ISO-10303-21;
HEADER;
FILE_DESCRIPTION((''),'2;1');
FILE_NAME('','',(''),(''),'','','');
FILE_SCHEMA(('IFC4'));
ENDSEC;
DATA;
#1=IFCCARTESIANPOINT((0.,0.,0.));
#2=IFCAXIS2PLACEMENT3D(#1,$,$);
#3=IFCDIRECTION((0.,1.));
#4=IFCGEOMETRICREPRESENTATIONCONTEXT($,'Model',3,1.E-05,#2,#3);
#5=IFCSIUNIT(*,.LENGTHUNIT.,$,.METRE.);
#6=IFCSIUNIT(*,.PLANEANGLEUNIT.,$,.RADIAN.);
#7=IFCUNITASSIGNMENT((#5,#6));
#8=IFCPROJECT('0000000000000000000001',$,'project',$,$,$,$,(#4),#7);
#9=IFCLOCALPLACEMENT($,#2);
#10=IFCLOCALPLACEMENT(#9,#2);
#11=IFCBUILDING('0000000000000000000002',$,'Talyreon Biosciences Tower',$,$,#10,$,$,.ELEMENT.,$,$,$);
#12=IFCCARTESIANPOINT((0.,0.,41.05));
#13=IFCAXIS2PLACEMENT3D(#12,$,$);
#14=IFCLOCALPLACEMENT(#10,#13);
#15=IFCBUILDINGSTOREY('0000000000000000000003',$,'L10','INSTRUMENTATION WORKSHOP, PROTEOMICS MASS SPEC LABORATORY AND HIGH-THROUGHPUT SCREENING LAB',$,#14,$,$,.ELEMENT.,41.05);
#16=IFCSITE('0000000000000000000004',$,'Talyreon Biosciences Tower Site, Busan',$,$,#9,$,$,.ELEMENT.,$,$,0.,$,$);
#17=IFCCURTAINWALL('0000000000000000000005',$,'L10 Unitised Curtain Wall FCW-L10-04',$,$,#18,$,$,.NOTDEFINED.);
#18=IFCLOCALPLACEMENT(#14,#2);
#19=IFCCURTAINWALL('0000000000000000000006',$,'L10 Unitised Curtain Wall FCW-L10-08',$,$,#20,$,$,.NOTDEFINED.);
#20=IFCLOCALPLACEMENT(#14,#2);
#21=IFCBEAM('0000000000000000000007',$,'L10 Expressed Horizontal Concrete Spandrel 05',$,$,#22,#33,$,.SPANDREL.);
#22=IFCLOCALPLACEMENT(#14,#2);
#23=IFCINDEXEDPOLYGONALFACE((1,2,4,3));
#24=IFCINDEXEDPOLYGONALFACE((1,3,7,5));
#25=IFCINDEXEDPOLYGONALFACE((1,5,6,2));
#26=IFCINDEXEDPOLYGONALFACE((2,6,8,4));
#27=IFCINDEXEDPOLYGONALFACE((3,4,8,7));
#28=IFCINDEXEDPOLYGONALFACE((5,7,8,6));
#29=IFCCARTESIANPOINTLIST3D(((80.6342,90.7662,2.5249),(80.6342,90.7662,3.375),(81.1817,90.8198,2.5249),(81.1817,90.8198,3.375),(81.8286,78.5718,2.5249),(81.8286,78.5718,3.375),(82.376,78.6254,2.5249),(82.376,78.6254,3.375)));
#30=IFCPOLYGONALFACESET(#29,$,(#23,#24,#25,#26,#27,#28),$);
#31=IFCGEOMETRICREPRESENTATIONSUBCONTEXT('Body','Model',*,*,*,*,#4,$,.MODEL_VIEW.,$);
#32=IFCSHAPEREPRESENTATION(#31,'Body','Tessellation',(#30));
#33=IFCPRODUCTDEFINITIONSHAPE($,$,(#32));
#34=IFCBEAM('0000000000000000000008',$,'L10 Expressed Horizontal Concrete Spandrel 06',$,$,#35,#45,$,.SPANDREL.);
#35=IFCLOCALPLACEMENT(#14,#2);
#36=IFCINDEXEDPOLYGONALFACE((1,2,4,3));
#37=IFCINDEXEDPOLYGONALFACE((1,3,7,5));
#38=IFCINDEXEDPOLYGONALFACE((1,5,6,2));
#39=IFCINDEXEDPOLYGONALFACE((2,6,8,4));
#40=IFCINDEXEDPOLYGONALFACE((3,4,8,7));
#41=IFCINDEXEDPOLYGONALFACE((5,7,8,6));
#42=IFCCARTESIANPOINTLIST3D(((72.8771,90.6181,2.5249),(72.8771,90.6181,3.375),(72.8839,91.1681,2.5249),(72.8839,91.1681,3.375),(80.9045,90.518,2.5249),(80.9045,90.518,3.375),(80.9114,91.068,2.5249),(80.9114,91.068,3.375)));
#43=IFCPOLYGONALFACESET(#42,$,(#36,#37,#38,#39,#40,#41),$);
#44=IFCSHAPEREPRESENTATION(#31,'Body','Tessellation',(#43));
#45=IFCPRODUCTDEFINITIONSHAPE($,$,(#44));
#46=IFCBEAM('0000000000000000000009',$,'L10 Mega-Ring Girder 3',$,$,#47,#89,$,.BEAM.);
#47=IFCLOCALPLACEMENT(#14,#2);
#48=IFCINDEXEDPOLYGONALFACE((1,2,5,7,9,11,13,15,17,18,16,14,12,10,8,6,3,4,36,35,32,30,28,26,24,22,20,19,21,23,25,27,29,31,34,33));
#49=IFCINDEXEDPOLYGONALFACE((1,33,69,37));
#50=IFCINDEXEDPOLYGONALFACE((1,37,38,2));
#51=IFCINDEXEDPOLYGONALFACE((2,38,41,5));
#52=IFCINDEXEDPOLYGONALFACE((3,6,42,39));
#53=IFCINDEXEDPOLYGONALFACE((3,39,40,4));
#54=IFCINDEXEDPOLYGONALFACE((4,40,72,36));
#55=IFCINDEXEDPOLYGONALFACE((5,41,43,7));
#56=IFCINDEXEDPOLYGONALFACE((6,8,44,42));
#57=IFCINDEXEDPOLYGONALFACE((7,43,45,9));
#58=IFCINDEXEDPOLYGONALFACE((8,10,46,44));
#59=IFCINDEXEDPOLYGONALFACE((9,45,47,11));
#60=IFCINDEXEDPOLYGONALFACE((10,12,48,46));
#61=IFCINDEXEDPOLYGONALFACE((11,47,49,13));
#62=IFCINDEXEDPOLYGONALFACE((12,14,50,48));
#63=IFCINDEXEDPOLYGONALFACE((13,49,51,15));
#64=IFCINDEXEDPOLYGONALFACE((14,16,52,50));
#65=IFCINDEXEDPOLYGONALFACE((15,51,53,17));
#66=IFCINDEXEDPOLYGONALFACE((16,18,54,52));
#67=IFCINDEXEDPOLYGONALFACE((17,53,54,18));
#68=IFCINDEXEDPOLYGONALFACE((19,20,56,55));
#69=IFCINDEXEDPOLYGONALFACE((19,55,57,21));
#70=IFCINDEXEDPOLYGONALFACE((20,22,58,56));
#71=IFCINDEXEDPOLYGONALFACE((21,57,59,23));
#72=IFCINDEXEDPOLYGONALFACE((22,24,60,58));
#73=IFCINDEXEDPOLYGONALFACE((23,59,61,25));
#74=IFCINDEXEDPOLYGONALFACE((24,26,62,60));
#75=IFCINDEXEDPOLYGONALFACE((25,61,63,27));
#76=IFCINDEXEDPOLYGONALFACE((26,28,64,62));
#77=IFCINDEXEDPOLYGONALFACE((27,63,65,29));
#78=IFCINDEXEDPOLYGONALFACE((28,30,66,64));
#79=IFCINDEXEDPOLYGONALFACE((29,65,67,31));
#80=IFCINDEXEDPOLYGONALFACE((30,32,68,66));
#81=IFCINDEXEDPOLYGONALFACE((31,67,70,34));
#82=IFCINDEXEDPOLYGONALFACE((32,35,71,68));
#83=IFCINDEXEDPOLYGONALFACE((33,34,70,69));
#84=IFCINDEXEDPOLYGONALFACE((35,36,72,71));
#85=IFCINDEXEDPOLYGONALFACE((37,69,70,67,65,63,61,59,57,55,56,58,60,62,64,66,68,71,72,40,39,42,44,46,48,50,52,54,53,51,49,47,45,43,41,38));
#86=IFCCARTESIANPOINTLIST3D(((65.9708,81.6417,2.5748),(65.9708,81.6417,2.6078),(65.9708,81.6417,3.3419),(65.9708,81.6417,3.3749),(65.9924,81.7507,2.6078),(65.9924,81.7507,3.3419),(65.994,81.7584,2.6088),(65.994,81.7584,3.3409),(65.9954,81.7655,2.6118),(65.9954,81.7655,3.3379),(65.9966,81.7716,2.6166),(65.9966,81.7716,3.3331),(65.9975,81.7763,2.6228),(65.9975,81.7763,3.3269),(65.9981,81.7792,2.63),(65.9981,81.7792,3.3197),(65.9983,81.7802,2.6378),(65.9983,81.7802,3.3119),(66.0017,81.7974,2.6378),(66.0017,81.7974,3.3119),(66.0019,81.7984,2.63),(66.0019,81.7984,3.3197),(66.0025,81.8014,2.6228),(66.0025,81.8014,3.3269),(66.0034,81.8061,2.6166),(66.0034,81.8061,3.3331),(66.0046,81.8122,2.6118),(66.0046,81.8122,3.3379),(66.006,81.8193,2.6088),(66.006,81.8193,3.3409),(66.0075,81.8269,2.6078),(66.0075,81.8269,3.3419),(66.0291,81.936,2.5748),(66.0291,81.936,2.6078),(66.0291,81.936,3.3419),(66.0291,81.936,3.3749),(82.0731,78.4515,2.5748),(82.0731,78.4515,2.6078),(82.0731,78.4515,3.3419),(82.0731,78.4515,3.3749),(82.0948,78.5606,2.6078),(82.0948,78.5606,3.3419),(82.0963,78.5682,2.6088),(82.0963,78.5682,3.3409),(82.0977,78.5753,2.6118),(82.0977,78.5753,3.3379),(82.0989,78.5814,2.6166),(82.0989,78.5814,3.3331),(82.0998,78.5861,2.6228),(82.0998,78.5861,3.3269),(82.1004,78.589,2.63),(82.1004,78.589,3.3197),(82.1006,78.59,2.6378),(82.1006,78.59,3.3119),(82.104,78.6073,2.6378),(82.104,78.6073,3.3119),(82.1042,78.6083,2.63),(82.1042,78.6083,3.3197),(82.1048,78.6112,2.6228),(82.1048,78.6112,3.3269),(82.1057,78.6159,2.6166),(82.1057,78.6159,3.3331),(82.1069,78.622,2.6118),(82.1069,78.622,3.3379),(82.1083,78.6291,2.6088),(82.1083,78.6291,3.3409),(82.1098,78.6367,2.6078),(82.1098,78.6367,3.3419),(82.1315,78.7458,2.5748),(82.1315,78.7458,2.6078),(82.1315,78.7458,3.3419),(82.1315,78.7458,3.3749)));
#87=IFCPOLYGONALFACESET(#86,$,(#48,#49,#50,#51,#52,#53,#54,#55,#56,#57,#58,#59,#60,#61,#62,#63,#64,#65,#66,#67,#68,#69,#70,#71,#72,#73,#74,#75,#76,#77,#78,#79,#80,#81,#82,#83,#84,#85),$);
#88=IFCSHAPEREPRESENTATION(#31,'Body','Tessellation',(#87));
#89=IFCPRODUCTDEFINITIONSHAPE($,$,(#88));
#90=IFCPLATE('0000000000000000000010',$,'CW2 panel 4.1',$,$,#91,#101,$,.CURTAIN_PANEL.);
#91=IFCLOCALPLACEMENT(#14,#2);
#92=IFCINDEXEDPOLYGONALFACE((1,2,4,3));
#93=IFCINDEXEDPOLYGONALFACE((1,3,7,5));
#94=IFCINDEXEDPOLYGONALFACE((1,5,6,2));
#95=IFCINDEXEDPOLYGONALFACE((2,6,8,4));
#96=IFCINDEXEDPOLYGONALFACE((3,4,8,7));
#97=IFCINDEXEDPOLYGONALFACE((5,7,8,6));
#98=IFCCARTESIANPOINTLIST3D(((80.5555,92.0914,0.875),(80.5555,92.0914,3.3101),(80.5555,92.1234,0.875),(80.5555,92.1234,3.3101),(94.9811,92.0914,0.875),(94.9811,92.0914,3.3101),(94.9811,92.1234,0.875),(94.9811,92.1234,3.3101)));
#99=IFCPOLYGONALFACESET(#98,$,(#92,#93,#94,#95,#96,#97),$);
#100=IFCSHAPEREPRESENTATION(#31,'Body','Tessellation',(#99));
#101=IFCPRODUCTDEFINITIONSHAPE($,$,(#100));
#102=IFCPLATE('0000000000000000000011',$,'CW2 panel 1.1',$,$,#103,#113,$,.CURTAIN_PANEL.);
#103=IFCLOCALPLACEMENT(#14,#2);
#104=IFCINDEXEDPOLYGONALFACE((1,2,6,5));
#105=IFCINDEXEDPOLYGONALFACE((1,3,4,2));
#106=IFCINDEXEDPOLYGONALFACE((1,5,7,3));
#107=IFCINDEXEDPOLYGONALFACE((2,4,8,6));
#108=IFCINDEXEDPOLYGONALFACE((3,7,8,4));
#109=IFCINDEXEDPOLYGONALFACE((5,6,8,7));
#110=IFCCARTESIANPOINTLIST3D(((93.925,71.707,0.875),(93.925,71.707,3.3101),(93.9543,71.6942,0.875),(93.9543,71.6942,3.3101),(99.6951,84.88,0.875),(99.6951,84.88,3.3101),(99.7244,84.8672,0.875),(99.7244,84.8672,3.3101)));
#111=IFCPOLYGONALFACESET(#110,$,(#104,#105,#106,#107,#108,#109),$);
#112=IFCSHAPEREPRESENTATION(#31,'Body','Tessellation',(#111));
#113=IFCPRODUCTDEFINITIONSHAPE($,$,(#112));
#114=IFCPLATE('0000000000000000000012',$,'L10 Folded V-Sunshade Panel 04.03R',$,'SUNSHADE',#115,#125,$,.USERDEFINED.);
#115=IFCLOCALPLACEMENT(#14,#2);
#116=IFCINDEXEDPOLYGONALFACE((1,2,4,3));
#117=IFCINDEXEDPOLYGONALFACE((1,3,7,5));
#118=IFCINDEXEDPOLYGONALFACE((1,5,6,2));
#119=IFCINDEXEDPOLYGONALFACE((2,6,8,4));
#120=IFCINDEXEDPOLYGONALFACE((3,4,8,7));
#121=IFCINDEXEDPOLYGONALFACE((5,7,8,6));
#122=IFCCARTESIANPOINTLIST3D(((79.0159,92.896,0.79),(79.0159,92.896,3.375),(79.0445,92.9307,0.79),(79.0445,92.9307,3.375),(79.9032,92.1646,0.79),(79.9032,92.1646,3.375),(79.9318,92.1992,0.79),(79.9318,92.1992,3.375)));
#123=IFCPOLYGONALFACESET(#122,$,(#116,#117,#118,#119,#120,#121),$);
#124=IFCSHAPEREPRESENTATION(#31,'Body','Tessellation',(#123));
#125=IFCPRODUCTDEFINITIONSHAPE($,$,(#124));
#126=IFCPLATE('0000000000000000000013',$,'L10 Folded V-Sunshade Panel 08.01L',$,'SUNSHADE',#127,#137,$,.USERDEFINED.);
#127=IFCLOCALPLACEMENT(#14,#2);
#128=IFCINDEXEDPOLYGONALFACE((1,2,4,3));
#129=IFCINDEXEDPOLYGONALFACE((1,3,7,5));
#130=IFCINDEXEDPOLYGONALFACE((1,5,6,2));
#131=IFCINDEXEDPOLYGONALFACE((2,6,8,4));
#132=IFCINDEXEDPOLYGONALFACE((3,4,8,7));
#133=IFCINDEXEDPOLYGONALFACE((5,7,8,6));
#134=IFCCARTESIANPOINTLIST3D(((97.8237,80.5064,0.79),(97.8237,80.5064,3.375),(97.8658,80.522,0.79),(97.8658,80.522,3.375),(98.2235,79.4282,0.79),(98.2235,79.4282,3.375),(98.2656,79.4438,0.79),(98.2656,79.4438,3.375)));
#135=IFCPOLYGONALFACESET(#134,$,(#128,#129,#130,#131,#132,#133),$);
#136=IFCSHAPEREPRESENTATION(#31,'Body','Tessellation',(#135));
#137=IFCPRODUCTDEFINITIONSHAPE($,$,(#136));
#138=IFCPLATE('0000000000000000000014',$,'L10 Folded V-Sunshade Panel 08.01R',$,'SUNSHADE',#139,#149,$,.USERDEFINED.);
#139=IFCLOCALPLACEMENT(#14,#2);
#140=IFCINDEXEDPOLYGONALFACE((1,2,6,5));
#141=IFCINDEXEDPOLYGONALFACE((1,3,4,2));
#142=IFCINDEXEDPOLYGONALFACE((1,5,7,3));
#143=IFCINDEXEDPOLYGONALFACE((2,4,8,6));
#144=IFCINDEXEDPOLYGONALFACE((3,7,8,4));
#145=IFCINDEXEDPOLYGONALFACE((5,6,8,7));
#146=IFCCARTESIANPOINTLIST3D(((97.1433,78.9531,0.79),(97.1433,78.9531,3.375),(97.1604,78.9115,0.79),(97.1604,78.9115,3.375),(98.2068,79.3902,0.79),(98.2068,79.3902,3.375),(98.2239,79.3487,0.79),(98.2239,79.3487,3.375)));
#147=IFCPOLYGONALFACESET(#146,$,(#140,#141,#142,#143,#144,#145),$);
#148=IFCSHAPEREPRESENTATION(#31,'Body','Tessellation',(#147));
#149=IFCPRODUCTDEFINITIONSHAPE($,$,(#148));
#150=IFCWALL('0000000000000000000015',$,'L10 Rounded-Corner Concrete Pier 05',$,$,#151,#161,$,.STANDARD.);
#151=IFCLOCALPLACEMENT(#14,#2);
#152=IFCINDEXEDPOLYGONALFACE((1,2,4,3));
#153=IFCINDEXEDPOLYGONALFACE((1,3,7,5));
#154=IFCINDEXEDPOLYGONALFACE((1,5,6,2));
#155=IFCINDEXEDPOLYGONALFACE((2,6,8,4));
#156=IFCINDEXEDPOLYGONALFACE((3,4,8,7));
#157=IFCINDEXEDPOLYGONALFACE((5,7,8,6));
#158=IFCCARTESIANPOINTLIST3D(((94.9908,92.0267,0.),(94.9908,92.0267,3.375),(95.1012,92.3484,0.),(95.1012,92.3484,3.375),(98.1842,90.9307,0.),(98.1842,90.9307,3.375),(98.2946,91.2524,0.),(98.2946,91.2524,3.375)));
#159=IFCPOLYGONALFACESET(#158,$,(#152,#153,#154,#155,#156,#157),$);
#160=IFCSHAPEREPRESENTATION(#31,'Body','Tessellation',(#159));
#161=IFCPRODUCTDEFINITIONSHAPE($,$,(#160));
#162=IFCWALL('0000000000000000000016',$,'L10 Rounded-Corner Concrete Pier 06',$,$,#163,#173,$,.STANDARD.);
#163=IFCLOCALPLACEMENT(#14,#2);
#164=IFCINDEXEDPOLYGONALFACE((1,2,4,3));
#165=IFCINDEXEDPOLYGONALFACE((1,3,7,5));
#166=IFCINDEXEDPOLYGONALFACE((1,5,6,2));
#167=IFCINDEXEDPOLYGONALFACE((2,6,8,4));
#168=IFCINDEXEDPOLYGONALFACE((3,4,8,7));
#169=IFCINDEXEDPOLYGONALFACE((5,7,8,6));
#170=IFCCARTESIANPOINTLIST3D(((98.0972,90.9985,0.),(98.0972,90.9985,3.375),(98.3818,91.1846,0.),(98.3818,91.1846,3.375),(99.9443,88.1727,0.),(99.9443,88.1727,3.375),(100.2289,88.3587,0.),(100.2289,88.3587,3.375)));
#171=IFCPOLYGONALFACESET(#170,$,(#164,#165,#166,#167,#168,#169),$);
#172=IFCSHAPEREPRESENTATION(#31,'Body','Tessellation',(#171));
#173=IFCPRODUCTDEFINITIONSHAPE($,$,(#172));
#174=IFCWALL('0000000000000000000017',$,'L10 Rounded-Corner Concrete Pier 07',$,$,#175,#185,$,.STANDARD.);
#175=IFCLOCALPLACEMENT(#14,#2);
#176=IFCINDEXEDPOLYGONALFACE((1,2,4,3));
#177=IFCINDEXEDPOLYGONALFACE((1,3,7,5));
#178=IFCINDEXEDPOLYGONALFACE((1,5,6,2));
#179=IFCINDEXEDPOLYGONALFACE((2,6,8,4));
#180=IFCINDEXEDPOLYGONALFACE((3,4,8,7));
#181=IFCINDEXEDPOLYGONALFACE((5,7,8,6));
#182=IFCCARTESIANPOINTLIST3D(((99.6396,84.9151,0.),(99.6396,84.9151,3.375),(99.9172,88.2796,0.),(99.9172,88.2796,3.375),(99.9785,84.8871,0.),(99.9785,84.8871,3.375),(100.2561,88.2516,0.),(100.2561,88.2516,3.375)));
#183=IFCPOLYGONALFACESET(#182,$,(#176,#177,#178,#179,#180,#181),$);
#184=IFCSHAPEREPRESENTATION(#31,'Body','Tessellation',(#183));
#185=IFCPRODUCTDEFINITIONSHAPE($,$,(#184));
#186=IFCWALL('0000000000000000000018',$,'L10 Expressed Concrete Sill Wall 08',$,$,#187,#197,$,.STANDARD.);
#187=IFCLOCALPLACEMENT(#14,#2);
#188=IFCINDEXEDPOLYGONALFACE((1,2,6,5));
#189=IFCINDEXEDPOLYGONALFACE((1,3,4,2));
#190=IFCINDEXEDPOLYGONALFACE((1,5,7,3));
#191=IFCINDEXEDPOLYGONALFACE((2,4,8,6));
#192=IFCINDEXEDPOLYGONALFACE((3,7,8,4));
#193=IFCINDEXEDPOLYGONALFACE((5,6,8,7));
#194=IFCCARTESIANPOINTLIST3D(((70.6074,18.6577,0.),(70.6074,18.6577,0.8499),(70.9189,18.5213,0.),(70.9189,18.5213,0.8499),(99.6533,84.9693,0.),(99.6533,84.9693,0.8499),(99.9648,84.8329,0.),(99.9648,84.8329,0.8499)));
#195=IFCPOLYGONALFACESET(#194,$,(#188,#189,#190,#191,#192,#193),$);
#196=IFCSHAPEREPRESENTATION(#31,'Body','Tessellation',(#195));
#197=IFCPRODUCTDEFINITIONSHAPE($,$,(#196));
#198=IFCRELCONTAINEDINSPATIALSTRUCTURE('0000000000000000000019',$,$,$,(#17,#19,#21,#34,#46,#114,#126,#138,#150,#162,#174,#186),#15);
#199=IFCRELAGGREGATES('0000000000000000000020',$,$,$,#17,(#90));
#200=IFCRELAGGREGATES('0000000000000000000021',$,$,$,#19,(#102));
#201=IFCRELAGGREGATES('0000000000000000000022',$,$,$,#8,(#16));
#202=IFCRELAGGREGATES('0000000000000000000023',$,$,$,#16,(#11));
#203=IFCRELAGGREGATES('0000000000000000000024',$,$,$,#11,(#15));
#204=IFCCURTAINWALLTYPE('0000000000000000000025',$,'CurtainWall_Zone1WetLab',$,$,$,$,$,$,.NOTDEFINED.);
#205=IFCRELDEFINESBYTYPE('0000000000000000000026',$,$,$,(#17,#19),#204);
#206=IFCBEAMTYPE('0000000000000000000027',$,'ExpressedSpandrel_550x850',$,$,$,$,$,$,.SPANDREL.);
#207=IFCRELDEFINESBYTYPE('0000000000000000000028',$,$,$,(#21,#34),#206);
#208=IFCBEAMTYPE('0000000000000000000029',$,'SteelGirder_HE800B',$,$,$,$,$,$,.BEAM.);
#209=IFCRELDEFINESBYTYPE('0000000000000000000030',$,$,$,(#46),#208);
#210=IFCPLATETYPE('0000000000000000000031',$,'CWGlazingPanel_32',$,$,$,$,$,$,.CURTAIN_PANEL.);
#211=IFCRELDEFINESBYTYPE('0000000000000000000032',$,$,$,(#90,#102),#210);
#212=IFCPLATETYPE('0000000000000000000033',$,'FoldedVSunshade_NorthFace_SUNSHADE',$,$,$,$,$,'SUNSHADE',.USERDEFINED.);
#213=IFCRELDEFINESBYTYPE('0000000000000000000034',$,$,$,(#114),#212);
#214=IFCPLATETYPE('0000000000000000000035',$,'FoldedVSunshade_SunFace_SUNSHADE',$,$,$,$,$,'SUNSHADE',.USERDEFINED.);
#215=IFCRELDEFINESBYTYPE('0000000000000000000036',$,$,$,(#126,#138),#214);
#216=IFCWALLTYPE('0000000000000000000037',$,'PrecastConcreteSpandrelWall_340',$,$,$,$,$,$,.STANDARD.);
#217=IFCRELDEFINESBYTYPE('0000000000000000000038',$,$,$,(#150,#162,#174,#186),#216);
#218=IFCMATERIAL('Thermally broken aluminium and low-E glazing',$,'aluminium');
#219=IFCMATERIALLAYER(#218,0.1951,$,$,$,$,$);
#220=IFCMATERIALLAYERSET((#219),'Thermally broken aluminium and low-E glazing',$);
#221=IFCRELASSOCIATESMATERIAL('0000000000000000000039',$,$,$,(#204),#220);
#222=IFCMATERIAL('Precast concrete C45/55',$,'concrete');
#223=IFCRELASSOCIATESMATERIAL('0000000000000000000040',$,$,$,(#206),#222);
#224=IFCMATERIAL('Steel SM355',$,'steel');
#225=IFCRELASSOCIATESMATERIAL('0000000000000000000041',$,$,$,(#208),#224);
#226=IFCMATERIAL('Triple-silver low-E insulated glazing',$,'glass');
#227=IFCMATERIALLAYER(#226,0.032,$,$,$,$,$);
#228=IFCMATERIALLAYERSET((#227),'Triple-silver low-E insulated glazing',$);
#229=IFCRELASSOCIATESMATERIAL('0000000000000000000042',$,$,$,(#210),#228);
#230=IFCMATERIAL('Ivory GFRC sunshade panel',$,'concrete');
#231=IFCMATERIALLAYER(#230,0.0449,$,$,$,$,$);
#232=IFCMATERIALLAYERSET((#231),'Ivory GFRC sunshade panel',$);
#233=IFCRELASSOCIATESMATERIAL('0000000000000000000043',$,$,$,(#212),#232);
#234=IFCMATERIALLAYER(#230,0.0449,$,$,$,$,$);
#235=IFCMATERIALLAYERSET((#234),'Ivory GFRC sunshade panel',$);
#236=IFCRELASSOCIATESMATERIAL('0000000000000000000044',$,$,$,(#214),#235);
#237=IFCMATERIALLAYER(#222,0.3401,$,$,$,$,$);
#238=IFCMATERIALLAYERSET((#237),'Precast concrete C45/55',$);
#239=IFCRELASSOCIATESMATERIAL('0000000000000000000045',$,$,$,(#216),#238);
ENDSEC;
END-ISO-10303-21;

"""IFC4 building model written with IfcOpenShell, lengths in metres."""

from ifc_helpers import new_model, si_unit, direction, frame, frame_2d, origin, origin_2d, place, context, subcontext, project, spatial, rectangle, i_section, extrude, material, layer, layer_set, material_profile, profile_set, type_object, element, aggregate, save


model = new_model("IFC4")

# Units and contexts
model_context = context("Model", 3, precision=1e-05, world=origin(), true_north=direction((0.0, 1.0)))
body_context = subcontext(model_context, "Body", "Model", "MODEL_VIEW")
ifc_project = project(units=[si_unit("LENGTHUNIT", "METRE"), si_unit("PLANEANGLEUNIT", "RADIAN")], contexts=[model_context])

# Site, building, storey
site_placement = place(None, origin())
site = spatial("IfcSite", under=ifc_project, at=site_placement, Name="Talyreon Biosciences Tower Site, Busan", CompositionType="ELEMENT", RefElevation=0.0)
building_placement = place(site_placement, origin())
building = spatial("IfcBuilding", under=site, at=building_placement, Name="Talyreon Biosciences Tower", CompositionType="ELEMENT")
storey_placement = place(building_placement, frame((0.0, 0.0, 41.05)))
storey = spatial("IfcBuildingStorey", under=building, at=storey_placement, Name="L10", Description="INSTRUMENTATION WORKSHOP, PROTEOMICS MASS SPEC LABORATORY AND HIGH-THROUGHPUT SCREENING LAB", CompositionType="ELEMENT", Elevation=41.05)

# Curtain walls
ifc_material_1 = material(Name="Thermally broken aluminium and low-E glazing", Category="aluminium")
ifc_layer_1 = layer(ifc_material_1, 0.1951)
ifc_layer_set_1 = layer_set([ifc_layer_1], Name="Thermally broken aluminium and low-E glazing")
curtain_wall_type = type_object("IfcCurtainWallType", Name="CurtainWall_Zone1WetLab", PredefinedType="NOTDEFINED", material=ifc_layer_set_1)
curtain_wall_1_placement = place(storey_placement, origin())
curtain_wall_1 = element("IfcCurtainWall", 1, at=curtain_wall_1_placement, inside=storey, type_object=curtain_wall_type, Name="L10 Unitised Curtain Wall FCW-L10-04", PredefinedType="NOTDEFINED")
curtain_wall_2_placement = place(storey_placement, origin())
curtain_wall_2 = element("IfcCurtainWall", 2, at=curtain_wall_2_placement, inside=storey, type_object=curtain_wall_type, Name="L10 Unitised Curtain Wall FCW-L10-08", PredefinedType="NOTDEFINED")

# Beams
ifc_material_2 = material(Name="Precast concrete C45/55", Category="concrete")
ifc_material_profile_1 = material_profile(ifc_material_2, rectangle(XDim=0.55, YDim=0.8501, at=origin_2d()), Name="RCB 550x850")
ifc_profile_set_1 = profile_set([ifc_material_profile_1], Name="Precast concrete C45/55")
beam_type_1 = type_object("IfcBeamType", Name="ExpressedSpandrel_550x850", PredefinedType="SPANDREL", material=ifc_profile_set_1)
beam_1_placement = place(storey_placement, frame((82.1023, 78.5986, 2.95), z_axis=(-0.097475, 0.995238, 0.0), x_axis=(-0.995238, -0.097475, 0.0)))
element("IfcBeam", 3, at=beam_1_placement, inside=storey, type_object=beam_type_1, Name="L10 Expressed Horizontal Concrete Spandrel 05", PredefinedType="SPANDREL", context=body_context, shape_type="SweptSolid", body=[
    extrude(rectangle(XDim=0.55, YDim=0.8501, at=origin_2d()), origin(), (0.0, 0.0, 1.0), 12.2527),
])
beam_2_placement = place(storey_placement, frame((80.908, 90.793, 2.95), z_axis=(-0.999922, 0.012469, 0.0), x_axis=(-0.012469, -0.999922, 0.0)))
element("IfcBeam", 4, at=beam_2_placement, inside=storey, type_object=beam_type_1, Name="L10 Expressed Horizontal Concrete Spandrel 06", PredefinedType="SPANDREL", context=body_context, shape_type="SweptSolid", body=[
    extrude(rectangle(XDim=0.55, YDim=0.8501, at=origin_2d()), origin(), (0.0, 0.0, 1.0), 8.0281),
])
ifc_material_3 = material(Name="Steel SM355", Category="steel")
ifc_material_profile_2 = material_profile(ifc_material_3, i_section(OverallWidth=0.3, OverallDepth=0.8, WebThickness=0.0176, FlangeThickness=0.033, FilletRadius=0.03, at=origin_2d()), Name="HE800B")
ifc_profile_set_2 = profile_set([ifc_material_profile_2], Name="Steel SM355")
beam_type_2 = type_object("IfcBeamType", Name="SteelGirder_HE800B", PredefinedType="BEAM", material=ifc_profile_set_2)
beam_3_placement = place(storey_placement, frame((82.1023, 78.5986, 2.9749), z_axis=(-0.980934, 0.194343, 0.0), x_axis=(-0.194343, -0.980934, 0.0)))
element("IfcBeam", 5, at=beam_3_placement, inside=storey, type_object=beam_type_2, Name="L10 Mega-Ring Girder 3", PredefinedType="BEAM", context=body_context, shape_type="SweptSolid", body=[
    extrude(i_section(OverallWidth=0.3, OverallDepth=0.8, WebThickness=0.0176, FlangeThickness=0.033, FilletRadius=0.03, at=origin_2d()), origin(), (0.0, 0.0, 1.0), 16.4153),
])

# Plates
ifc_material_4 = material(Name="Triple-silver low-E insulated glazing", Category="glass")
ifc_layer_2 = layer(ifc_material_4, 0.032)
ifc_layer_set_2 = layer_set([ifc_layer_2], Name="Triple-silver low-E insulated glazing")
plate_type_1 = type_object("IfcPlateType", Name="CWGlazingPanel_32", PredefinedType="CURTAIN_PANEL", material=ifc_layer_set_2)
plate_1_placement = place(storey_placement, frame((87.7683, 92.1074, 0.875), z_axis=(0.0, 0.0, 1.0), x_axis=(1.0, 0.0, 0.0)))
plate_1 = element("IfcPlate", 6, at=plate_1_placement, type_object=plate_type_1, Name="CW2 panel 4.1", PredefinedType="CURTAIN_PANEL", context=body_context, shape_type="SweptSolid", body=[
    extrude(rectangle(XDim=14.4255, YDim=0.032, at=origin_2d()), origin(), (0.0, 0.0, 1.0), 2.4351),
])
aggregate(curtain_wall_1, [plate_1])
plate_2_placement = place(storey_placement, frame((96.8247, 78.2871, 0.875), z_axis=(0.0, 0.0, 1.0), x_axis=(-0.401223, -0.91598, 0.0)))
plate_2 = element("IfcPlate", 7, at=plate_2_placement, type_object=plate_type_1, Name="CW2 panel 1.1", PredefinedType="CURTAIN_PANEL", context=body_context, shape_type="SweptSolid", body=[
    extrude(rectangle(XDim=14.3813, YDim=0.032, at=origin_2d()), origin(), (0.0, 0.0, 1.0), 2.4351),
])
aggregate(curtain_wall_2, [plate_2])

# Plates
ifc_material_5 = material(Name="Ivory GFRC sunshade panel", Category="concrete")
ifc_layer_3 = layer(ifc_material_5, 0.0449)
ifc_layer_set_3 = layer_set([ifc_layer_3], Name="Ivory GFRC sunshade panel")
plate_type_2 = type_object("IfcPlateType", Name="FoldedVSunshade_NorthFace_SUNSHADE", ElementType="SUNSHADE", PredefinedType="USERDEFINED", material=ifc_layer_set_3)
plate_3_placement = place(storey_placement, frame((79.4739, 92.5476, 0.79), z_axis=(0.0, 0.0, 1.0), x_axis=(0.771625, -0.636078, 0.0)))
element("IfcPlate", 8, at=plate_3_placement, inside=storey, type_object=plate_type_2, Name="L10 Folded V-Sunshade Panel 04.03R", ObjectType="SUNSHADE", PredefinedType="USERDEFINED", context=body_context, shape_type="SweptSolid", body=[
    extrude(rectangle(XDim=1.1499, YDim=0.0449, at=origin_2d()), origin(), (0.0, 0.0, 1.0), 2.585),
])
ifc_layer_4 = layer(ifc_material_5, 0.0449)
ifc_layer_set_4 = layer_set([ifc_layer_4], Name="Ivory GFRC sunshade panel")
plate_type_3 = type_object("IfcPlateType", Name="FoldedVSunshade_SunFace_SUNSHADE", ElementType="SUNSHADE", PredefinedType="USERDEFINED", material=ifc_layer_set_4)
for number, where, z_axis, x_axis, name in (
    (9, (98.0447, 79.9751, 0.79), (0.0, 0.0, 1.0), (0.347672, -0.937616, 0.0), "L10 Folded V-Sunshade Panel 08.01L"),
    (10, (97.6836, 79.1509, 0.79), (0.0, 0.0, 1.0), (-0.924911, -0.380183, 0.0), "L10 Folded V-Sunshade Panel 08.01R"),
):
    element("IfcPlate", number, at=place(storey_placement, frame(where, z_axis=z_axis, x_axis=x_axis)), inside=storey, type_object=plate_type_3, Name=name, ObjectType="SUNSHADE", PredefinedType="USERDEFINED", context=body_context, shape_type="SweptSolid", body=[
        extrude(rectangle(XDim=1.1499, YDim=0.0449, at=origin_2d()), origin(), (0.0, 0.0, 1.0), 2.585),
    ])

# Walls
ifc_layer_5 = layer(ifc_material_2, 0.3401)
ifc_layer_set_5 = layer_set([ifc_layer_5], Name="Precast concrete C45/55")
wall_type = type_object("IfcWallType", Name="PrecastConcreteSpandrelWall_340", PredefinedType="STANDARD", material=ifc_layer_set_5)
wall_1_placement = place(storey_placement, frame((95.0461, 92.1875, 0.0), z_axis=(0.0, 0.0, 1.0), x_axis=(0.945848, -0.324611, 0.0)))
element("IfcWall", 11, at=wall_1_placement, inside=storey, type_object=wall_type, Name="L10 Rounded-Corner Concrete Pier 05", PredefinedType="STANDARD", context=body_context, shape_type="SweptSolid", body=[
    extrude(rectangle(XDim=3.3762, YDim=0.3401, at=frame_2d((1.688, 0.0))), origin(), (0.0, 0.0, 1.0), 3.375),
])
for number, where, z_axis, x_axis, name in (
    (12, (98.2395, 91.0916, 0.0), (0.0, 0.0, 1.0), (0.547134, -0.837045, 0.0), "L10 Rounded-Corner Concrete Pier 06"),
    (13, (100.0867, 88.2656, 0.0), (0.0, 0.0, 1.0), (-0.082226, -0.996614, 0.0), "L10 Rounded-Corner Concrete Pier 07"),
):
    element("IfcWall", number, at=place(storey_placement, frame(where, z_axis=z_axis, x_axis=x_axis)), inside=storey, type_object=wall_type, Name=name, PredefinedType="STANDARD", context=body_context, shape_type="SweptSolid", body=[
        extrude(rectangle(XDim=3.376, YDim=0.3401, at=frame_2d((1.688, 0.0))), origin(), (0.0, 0.0, 1.0), 3.375),
    ])
wall_2_placement = place(storey_placement, frame((99.8091, 84.9011, 0.0), z_axis=(0.0, 0.0, 1.0), x_axis=(-0.40122, -0.915982, 0.0)))
element("IfcWall", 14, at=wall_2_placement, inside=storey, type_object=wall_type, Name="L10 Expressed Concrete Sill Wall 08", PredefinedType="STANDARD", context=body_context, shape_type="SweptSolid", body=[
    extrude(rectangle(XDim=72.394, YDim=0.3401, at=frame_2d((36.197, 0.0))), origin(), (0.0, 0.0, 1.0), 0.8499),
])

save(model, "model.ifc")
